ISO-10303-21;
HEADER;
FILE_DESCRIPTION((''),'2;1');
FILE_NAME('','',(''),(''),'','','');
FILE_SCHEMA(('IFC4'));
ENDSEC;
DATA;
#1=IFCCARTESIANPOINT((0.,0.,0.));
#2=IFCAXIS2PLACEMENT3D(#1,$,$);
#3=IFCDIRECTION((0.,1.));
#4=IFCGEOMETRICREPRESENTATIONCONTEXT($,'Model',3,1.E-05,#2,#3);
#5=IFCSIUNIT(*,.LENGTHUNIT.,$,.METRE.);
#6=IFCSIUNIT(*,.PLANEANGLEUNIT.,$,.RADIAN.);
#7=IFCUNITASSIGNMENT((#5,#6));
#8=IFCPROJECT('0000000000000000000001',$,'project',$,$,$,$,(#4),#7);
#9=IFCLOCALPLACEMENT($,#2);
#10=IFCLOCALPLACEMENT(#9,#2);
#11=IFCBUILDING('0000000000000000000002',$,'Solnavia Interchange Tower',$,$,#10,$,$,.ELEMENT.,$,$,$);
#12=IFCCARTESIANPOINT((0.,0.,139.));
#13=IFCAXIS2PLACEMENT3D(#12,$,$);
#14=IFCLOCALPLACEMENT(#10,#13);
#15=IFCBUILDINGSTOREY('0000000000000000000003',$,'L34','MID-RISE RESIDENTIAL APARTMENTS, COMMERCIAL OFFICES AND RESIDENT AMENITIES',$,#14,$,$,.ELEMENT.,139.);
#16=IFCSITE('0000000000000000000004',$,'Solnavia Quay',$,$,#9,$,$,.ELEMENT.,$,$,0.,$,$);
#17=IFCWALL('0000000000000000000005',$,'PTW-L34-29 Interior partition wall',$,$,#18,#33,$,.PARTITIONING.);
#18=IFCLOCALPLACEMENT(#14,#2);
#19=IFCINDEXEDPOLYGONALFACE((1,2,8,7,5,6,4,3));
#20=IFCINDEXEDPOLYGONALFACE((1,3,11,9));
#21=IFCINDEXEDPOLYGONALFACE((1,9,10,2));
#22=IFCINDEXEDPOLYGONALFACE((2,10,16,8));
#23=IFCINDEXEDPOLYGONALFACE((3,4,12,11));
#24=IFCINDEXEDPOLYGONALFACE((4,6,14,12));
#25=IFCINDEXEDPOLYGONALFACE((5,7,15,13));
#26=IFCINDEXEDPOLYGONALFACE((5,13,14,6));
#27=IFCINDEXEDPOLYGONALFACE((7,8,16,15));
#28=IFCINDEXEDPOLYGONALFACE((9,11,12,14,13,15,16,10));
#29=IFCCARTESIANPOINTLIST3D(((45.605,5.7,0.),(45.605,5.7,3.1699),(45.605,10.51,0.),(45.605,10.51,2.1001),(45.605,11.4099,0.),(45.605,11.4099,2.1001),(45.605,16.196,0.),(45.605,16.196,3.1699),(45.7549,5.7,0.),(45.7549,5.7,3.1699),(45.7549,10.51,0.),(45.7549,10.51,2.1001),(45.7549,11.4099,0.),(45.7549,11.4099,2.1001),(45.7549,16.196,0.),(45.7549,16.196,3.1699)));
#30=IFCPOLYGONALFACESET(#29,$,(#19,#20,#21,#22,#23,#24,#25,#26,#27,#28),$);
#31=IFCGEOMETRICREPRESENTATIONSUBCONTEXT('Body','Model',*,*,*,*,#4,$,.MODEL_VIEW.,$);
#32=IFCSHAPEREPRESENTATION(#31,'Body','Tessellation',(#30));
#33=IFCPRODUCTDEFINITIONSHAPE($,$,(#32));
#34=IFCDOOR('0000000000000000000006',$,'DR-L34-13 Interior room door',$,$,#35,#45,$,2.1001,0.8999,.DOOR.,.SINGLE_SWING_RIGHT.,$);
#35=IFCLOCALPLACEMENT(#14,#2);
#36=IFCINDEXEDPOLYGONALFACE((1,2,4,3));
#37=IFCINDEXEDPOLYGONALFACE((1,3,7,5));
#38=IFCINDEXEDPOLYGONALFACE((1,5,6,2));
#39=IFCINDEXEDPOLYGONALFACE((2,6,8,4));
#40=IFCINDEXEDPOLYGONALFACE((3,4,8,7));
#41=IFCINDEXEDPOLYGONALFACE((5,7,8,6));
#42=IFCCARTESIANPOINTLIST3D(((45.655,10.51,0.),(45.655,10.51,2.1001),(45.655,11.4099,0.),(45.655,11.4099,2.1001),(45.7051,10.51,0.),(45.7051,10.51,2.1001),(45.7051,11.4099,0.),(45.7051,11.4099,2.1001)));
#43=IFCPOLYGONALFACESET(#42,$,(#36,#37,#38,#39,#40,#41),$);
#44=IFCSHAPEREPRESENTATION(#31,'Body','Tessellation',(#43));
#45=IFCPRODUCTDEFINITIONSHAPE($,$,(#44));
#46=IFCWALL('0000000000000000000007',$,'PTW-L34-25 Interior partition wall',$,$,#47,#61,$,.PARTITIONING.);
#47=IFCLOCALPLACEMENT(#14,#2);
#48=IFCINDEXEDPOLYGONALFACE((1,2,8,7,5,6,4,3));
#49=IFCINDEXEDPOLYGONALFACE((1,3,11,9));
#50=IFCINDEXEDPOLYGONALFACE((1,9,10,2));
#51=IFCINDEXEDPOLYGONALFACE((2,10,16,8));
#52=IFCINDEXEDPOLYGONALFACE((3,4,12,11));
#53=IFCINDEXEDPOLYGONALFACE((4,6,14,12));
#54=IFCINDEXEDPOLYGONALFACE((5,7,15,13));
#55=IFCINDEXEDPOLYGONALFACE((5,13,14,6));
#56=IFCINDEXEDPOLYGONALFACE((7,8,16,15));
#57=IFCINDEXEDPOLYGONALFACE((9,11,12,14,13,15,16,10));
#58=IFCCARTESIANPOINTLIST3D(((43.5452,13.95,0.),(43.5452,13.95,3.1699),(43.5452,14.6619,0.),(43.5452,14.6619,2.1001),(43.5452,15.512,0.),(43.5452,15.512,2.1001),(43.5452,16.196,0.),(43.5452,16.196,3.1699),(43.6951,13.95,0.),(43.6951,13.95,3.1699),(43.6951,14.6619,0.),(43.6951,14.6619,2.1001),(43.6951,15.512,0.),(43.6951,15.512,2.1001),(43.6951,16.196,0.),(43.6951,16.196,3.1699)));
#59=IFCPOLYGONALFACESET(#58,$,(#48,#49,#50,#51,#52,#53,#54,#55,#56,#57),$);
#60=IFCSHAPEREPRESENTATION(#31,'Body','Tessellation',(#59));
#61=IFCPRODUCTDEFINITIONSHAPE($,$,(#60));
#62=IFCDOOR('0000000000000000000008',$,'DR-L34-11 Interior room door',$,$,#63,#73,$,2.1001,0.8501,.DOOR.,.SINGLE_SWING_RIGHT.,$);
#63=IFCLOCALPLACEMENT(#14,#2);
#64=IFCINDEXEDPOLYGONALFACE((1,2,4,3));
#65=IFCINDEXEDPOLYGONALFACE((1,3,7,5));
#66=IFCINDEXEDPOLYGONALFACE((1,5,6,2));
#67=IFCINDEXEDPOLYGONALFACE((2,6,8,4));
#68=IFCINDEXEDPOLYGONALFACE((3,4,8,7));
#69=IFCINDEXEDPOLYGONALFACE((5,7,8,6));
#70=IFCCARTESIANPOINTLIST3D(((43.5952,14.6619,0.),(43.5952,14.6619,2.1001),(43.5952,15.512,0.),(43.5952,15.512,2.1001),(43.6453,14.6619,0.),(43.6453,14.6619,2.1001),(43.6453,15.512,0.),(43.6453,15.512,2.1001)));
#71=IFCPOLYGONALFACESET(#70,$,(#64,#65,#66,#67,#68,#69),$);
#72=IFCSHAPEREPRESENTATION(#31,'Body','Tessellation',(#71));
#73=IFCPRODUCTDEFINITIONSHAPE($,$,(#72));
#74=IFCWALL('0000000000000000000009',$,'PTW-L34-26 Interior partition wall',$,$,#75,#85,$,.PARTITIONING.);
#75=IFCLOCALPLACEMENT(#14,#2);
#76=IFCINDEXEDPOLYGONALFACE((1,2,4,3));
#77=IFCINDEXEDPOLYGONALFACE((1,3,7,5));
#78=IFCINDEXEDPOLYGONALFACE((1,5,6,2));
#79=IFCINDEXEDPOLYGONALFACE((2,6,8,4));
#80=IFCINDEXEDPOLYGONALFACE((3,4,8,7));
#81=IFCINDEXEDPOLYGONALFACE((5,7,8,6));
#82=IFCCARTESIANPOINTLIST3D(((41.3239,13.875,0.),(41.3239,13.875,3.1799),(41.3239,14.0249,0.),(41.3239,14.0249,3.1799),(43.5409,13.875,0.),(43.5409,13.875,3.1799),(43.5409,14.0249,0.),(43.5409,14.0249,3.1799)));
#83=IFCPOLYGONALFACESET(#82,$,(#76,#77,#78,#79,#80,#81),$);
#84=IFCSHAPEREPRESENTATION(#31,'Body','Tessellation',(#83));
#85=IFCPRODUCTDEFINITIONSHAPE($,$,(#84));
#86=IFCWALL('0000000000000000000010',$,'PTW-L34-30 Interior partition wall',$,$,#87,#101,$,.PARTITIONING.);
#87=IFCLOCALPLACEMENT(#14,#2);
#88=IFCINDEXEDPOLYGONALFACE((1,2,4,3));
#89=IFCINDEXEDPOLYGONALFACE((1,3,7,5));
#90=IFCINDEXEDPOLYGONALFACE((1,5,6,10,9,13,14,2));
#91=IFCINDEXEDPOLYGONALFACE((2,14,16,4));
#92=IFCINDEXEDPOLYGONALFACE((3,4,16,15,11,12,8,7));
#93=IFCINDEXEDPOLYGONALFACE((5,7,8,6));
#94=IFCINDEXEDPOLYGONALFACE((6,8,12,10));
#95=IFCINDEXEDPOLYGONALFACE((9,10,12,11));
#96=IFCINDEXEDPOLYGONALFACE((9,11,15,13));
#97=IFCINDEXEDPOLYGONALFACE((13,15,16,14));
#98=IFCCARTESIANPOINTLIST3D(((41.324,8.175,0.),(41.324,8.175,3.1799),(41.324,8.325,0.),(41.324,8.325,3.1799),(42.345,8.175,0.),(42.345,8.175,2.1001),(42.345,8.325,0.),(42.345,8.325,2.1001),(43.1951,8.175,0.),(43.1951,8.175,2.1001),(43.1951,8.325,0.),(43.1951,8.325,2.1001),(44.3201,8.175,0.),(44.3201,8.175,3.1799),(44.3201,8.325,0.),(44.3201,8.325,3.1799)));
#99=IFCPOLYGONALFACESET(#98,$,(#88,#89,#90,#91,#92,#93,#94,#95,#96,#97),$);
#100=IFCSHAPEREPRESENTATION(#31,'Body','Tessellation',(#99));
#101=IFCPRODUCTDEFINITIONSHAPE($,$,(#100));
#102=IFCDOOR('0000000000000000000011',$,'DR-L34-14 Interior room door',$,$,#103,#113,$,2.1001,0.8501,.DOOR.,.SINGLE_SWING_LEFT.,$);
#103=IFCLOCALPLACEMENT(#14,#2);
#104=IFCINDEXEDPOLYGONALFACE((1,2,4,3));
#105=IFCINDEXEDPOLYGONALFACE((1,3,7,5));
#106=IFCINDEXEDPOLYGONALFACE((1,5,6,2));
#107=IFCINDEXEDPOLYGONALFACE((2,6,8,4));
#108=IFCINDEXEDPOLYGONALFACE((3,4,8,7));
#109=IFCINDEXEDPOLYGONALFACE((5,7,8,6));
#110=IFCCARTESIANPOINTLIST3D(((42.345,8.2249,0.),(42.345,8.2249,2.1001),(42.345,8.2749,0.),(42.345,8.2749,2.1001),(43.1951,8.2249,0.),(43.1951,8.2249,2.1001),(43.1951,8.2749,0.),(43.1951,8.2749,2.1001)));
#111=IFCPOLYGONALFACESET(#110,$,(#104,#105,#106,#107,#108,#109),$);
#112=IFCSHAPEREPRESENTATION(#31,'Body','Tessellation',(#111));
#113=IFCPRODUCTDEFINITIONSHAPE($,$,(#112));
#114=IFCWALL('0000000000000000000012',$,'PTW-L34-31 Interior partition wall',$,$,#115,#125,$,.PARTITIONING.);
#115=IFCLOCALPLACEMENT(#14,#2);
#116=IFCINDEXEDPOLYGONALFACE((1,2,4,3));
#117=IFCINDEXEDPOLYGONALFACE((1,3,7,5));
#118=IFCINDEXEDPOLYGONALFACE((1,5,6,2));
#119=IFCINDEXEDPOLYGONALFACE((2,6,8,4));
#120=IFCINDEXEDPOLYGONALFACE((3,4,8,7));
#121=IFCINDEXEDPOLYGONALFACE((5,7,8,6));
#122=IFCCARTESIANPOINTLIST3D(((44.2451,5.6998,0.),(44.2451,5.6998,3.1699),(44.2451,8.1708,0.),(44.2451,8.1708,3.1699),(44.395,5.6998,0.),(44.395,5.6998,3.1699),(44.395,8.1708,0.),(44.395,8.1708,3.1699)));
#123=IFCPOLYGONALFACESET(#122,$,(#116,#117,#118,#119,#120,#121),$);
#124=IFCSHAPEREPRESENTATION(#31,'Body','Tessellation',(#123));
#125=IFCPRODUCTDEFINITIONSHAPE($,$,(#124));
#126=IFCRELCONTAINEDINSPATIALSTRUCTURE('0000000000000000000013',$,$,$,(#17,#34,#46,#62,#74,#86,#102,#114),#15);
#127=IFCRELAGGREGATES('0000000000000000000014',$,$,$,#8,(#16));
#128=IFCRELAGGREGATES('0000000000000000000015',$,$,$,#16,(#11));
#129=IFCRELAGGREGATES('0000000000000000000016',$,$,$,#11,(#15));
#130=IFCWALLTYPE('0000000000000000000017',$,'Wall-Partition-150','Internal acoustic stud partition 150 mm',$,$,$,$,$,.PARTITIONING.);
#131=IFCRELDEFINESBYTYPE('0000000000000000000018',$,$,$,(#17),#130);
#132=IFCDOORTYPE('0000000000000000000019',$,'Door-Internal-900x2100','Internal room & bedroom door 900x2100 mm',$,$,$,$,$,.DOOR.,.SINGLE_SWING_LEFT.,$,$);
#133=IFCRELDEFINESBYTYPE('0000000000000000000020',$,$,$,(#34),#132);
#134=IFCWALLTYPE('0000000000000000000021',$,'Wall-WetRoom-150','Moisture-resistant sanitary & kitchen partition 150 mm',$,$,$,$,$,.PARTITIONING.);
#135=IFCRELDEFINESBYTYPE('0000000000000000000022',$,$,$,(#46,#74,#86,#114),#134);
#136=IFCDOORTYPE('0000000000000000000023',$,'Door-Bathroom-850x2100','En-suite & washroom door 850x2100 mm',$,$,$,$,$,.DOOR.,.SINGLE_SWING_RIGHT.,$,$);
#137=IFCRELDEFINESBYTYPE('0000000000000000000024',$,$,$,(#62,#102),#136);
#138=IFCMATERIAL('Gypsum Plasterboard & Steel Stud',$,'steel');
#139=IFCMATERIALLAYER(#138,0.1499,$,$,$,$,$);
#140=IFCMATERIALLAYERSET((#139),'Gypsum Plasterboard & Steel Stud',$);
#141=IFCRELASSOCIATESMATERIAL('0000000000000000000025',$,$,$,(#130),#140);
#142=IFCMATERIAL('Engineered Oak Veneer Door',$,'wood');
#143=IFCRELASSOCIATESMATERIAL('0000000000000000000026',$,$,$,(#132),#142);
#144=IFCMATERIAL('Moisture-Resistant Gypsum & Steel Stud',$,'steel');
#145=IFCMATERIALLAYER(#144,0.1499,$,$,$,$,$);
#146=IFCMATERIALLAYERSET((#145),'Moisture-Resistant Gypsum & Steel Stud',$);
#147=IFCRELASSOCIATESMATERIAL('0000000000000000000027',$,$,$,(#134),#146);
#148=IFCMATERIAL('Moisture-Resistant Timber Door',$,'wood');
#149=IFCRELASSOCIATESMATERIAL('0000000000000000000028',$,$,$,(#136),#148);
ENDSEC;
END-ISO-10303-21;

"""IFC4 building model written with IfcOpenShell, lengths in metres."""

from ifc_helpers import new_model, si_unit, direction, frame, frame_2d, origin, place, context, subcontext, project, spatial, rectangle, extrude, material, layer, layer_set, type_object, element, fill, save


model = new_model("IFC4")

# Units and contexts
model_context = context("Model", 3, precision=1e-05, world=origin(), true_north=direction((0.0, 1.0)))
body_context = subcontext(model_context, "Body", "Model", "MODEL_VIEW")
ifc_project = project(units=[si_unit("LENGTHUNIT", "METRE"), si_unit("PLANEANGLEUNIT", "RADIAN")], contexts=[model_context])

# Site, building, storey
site_placement = place(None, origin())
site = spatial("IfcSite", under=ifc_project, at=site_placement, Name="Solnavia Quay", CompositionType="ELEMENT", RefElevation=0.0)
building_placement = place(site_placement, origin())
building = spatial("IfcBuilding", under=site, at=building_placement, Name="Solnavia Interchange Tower", CompositionType="ELEMENT")
storey_placement = place(building_placement, frame((0.0, 0.0, 139.0)))
storey = spatial("IfcBuildingStorey", under=building, at=storey_placement, Name="L34", Description="MID-RISE RESIDENTIAL APARTMENTS, COMMERCIAL OFFICES AND RESIDENT AMENITIES", CompositionType="ELEMENT", Elevation=139.0)

# Walls, openings, doors
ifc_material_1 = material(Name="Gypsum Plasterboard & Steel Stud", Category="steel")
ifc_layer_1 = layer(ifc_material_1, 0.1499)
ifc_layer_set_1 = layer_set([ifc_layer_1], Name="Gypsum Plasterboard & Steel Stud")
wall_type_1 = type_object("IfcWallType", Name="Wall-Partition-150", Description="Internal acoustic stud partition 150 mm", PredefinedType="PARTITIONING", material=ifc_layer_set_1)
wall_1_placement = place(storey_placement, frame((45.6799, 5.7, 0.0), z_axis=(0.0, 0.0, 1.0), x_axis=(0.0, 1.0, 0.0)))
wall_1 = element("IfcWall", 1, at=wall_1_placement, inside=storey, type_object=wall_type_1, Name="PTW-L34-29 Interior partition wall", PredefinedType="PARTITIONING", context=body_context, shape_type="SweptSolid", body=[
    extrude(rectangle(XDim=10.4961, YDim=0.1499, at=frame_2d((5.248, 0.0))), origin(), (0.0, 0.0, 1.0), 3.1699),
])
opening_1_placement = place(wall_1_placement, frame((4.8101, 0.0, 0.0)))
opening_1 = element("IfcOpeningElement", 2, at=opening_1_placement, cuts=wall_1, PredefinedType="OPENING", context=body_context, shape_type="SweptSolid", body=[
    extrude(rectangle(XDim=0.8999, YDim=2.1001, at=frame_2d((0.45, 1.05))), frame((0.0, 0.085, 0.0), z_axis=(0.0, -1.0, 0.0), x_axis=(1.0, 0.0, 0.0)), (0.0, 0.0, 1.0), 0.1699),
])
ifc_material_2 = material(Name="Engineered Oak Veneer Door", Category="wood")
door_type_1 = type_object("IfcDoorType", Name="Door-Internal-900x2100", Description="Internal room & bedroom door 900x2100 mm", OperationType="SINGLE_SWING_LEFT", PredefinedType="DOOR", material=ifc_material_2)
door_1_placement = place(opening_1_placement, origin())
door_1 = element("IfcDoor", 3, at=door_1_placement, inside=storey, type_object=door_type_1, Name="DR-L34-13 Interior room door", OperationType="SINGLE_SWING_RIGHT", OverallHeight=2.1001, OverallWidth=0.8999, PredefinedType="DOOR", context=body_context, shape_type="SweptSolid", body=[
    extrude(rectangle(XDim=0.8999, YDim=2.1001, at=frame_2d((0.45, 1.05))), frame((0.0, 0.0249, 0.0), z_axis=(0.0, -1.0, 0.0), x_axis=(1.0, 0.0, 0.0)), (0.0, 0.0, 1.0), 0.05),
])
fill(opening_1, door_1)
ifc_material_3 = material(Name="Moisture-Resistant Gypsum & Steel Stud", Category="steel")
ifc_layer_2 = layer(ifc_material_3, 0.1499)
ifc_layer_set_2 = layer_set([ifc_layer_2], Name="Moisture-Resistant Gypsum & Steel Stud")
wall_type_2 = type_object("IfcWallType", Name="Wall-WetRoom-150", Description="Moisture-resistant sanitary & kitchen partition 150 mm", PredefinedType="PARTITIONING", material=ifc_layer_set_2)
wall_2_placement = place(storey_placement, frame((43.6201, 13.95, 0.0), z_axis=(0.0, 0.0, 1.0), x_axis=(0.0, 1.0, 0.0)))
wall_2 = element("IfcWall", 4, at=wall_2_placement, inside=storey, type_object=wall_type_2, Name="PTW-L34-25 Interior partition wall", PredefinedType="PARTITIONING", context=body_context, shape_type="SweptSolid", body=[
    extrude(rectangle(XDim=2.2461, YDim=0.1499, at=frame_2d((1.123, 0.0))), origin(), (0.0, 0.0, 1.0), 3.1699),
])
opening_2_placement = place(wall_2_placement, frame((0.7119, 0.0, 0.0)))
opening_2 = element("IfcOpeningElement", 5, at=opening_2_placement, cuts=wall_2, PredefinedType="OPENING", context=body_context, shape_type="SweptSolid", body=[
    extrude(rectangle(XDim=0.8501, YDim=2.1001, at=frame_2d((0.425, 1.05))), frame((0.0, 0.085, 0.0), z_axis=(0.0, -1.0, 0.0), x_axis=(1.0, 0.0, 0.0)), (0.0, 0.0, 1.0), 0.1699),
])
ifc_material_4 = material(Name="Moisture-Resistant Timber Door", Category="wood")
door_type_2 = type_object("IfcDoorType", Name="Door-Bathroom-850x2100", Description="En-suite & washroom door 850x2100 mm", OperationType="SINGLE_SWING_RIGHT", PredefinedType="DOOR", material=ifc_material_4)
door_2_placement = place(opening_2_placement, origin())
door_2 = element("IfcDoor", 6, at=door_2_placement, inside=storey, type_object=door_type_2, Name="DR-L34-11 Interior room door", OperationType="SINGLE_SWING_RIGHT", OverallHeight=2.1001, OverallWidth=0.8501, PredefinedType="DOOR", context=body_context, shape_type="SweptSolid", body=[
    extrude(rectangle(XDim=0.8501, YDim=2.1001, at=frame_2d((0.425, 1.05))), frame((0.0, 0.0249, 0.0), z_axis=(0.0, -1.0, 0.0), x_axis=(1.0, 0.0, 0.0)), (0.0, 0.0, 1.0), 0.05),
])
fill(opening_2, door_2)

# Wall
wall_3_placement = place(storey_placement, frame((41.324, 13.95, 0.0), z_axis=(0.0, 0.0, 1.0), x_axis=(1.0, 0.0, 0.0)))
element("IfcWall", 7, at=wall_3_placement, inside=storey, type_object=wall_type_2, Name="PTW-L34-26 Interior partition wall", PredefinedType="PARTITIONING", context=body_context, shape_type="SweptSolid", body=[
    extrude(rectangle(XDim=2.217, YDim=0.1499, at=frame_2d((1.1084, 0.0))), origin(), (0.0, 0.0, 1.0), 3.1799),
])

# Wall, opening, door
wall_4_placement = place(storey_placement, frame((41.324, 8.25, 0.0), z_axis=(0.0, 0.0, 1.0), x_axis=(1.0, 0.0, 0.0)))
wall_4 = element("IfcWall", 8, at=wall_4_placement, inside=storey, type_object=wall_type_2, Name="PTW-L34-30 Interior partition wall", PredefinedType="PARTITIONING", context=body_context, shape_type="SweptSolid", body=[
    extrude(rectangle(XDim=2.9961, YDim=0.1499, at=frame_2d((1.498, 0.0))), origin(), (0.0, 0.0, 1.0), 3.1799),
])
opening_3_placement = place(wall_4_placement, frame((1.021, 0.0, 0.0)))
opening_3 = element("IfcOpeningElement", 9, at=opening_3_placement, cuts=wall_4, PredefinedType="OPENING", context=body_context, shape_type="SweptSolid", body=[
    extrude(rectangle(XDim=0.8501, YDim=2.1001, at=frame_2d((0.425, 1.05))), frame((0.0, 0.085, 0.0), z_axis=(0.0, -1.0, 0.0), x_axis=(1.0, 0.0, 0.0)), (0.0, 0.0, 1.0), 0.1699),
])
door_3_placement = place(opening_3_placement, origin())
door_3 = element("IfcDoor", 10, at=door_3_placement, inside=storey, type_object=door_type_2, Name="DR-L34-14 Interior room door", OperationType="SINGLE_SWING_LEFT", OverallHeight=2.1001, OverallWidth=0.8501, PredefinedType="DOOR", context=body_context, shape_type="SweptSolid", body=[
    extrude(rectangle(XDim=0.8501, YDim=2.1001, at=frame_2d((0.425, 1.05))), frame((0.0, 0.0249, 0.0), z_axis=(0.0, -1.0, 0.0), x_axis=(1.0, 0.0, 0.0)), (0.0, 0.0, 1.0), 0.05),
])
fill(opening_3, door_3)

# Wall
wall_5_placement = place(storey_placement, frame((44.3201, 5.7, 0.0), z_axis=(0.0, 0.0, 1.0), x_axis=(0.0, 1.0, 0.0)))
element("IfcWall", 11, at=wall_5_placement, inside=storey, type_object=wall_type_2, Name="PTW-L34-31 Interior partition wall", PredefinedType="PARTITIONING", context=body_context, shape_type="SweptSolid", body=[
    extrude(rectangle(XDim=2.4709, YDim=0.1499, at=frame_2d((1.2354, 0.0))), origin(), (0.0, 0.0, 1.0), 3.1699),
])

save(model, "model.ifc")
